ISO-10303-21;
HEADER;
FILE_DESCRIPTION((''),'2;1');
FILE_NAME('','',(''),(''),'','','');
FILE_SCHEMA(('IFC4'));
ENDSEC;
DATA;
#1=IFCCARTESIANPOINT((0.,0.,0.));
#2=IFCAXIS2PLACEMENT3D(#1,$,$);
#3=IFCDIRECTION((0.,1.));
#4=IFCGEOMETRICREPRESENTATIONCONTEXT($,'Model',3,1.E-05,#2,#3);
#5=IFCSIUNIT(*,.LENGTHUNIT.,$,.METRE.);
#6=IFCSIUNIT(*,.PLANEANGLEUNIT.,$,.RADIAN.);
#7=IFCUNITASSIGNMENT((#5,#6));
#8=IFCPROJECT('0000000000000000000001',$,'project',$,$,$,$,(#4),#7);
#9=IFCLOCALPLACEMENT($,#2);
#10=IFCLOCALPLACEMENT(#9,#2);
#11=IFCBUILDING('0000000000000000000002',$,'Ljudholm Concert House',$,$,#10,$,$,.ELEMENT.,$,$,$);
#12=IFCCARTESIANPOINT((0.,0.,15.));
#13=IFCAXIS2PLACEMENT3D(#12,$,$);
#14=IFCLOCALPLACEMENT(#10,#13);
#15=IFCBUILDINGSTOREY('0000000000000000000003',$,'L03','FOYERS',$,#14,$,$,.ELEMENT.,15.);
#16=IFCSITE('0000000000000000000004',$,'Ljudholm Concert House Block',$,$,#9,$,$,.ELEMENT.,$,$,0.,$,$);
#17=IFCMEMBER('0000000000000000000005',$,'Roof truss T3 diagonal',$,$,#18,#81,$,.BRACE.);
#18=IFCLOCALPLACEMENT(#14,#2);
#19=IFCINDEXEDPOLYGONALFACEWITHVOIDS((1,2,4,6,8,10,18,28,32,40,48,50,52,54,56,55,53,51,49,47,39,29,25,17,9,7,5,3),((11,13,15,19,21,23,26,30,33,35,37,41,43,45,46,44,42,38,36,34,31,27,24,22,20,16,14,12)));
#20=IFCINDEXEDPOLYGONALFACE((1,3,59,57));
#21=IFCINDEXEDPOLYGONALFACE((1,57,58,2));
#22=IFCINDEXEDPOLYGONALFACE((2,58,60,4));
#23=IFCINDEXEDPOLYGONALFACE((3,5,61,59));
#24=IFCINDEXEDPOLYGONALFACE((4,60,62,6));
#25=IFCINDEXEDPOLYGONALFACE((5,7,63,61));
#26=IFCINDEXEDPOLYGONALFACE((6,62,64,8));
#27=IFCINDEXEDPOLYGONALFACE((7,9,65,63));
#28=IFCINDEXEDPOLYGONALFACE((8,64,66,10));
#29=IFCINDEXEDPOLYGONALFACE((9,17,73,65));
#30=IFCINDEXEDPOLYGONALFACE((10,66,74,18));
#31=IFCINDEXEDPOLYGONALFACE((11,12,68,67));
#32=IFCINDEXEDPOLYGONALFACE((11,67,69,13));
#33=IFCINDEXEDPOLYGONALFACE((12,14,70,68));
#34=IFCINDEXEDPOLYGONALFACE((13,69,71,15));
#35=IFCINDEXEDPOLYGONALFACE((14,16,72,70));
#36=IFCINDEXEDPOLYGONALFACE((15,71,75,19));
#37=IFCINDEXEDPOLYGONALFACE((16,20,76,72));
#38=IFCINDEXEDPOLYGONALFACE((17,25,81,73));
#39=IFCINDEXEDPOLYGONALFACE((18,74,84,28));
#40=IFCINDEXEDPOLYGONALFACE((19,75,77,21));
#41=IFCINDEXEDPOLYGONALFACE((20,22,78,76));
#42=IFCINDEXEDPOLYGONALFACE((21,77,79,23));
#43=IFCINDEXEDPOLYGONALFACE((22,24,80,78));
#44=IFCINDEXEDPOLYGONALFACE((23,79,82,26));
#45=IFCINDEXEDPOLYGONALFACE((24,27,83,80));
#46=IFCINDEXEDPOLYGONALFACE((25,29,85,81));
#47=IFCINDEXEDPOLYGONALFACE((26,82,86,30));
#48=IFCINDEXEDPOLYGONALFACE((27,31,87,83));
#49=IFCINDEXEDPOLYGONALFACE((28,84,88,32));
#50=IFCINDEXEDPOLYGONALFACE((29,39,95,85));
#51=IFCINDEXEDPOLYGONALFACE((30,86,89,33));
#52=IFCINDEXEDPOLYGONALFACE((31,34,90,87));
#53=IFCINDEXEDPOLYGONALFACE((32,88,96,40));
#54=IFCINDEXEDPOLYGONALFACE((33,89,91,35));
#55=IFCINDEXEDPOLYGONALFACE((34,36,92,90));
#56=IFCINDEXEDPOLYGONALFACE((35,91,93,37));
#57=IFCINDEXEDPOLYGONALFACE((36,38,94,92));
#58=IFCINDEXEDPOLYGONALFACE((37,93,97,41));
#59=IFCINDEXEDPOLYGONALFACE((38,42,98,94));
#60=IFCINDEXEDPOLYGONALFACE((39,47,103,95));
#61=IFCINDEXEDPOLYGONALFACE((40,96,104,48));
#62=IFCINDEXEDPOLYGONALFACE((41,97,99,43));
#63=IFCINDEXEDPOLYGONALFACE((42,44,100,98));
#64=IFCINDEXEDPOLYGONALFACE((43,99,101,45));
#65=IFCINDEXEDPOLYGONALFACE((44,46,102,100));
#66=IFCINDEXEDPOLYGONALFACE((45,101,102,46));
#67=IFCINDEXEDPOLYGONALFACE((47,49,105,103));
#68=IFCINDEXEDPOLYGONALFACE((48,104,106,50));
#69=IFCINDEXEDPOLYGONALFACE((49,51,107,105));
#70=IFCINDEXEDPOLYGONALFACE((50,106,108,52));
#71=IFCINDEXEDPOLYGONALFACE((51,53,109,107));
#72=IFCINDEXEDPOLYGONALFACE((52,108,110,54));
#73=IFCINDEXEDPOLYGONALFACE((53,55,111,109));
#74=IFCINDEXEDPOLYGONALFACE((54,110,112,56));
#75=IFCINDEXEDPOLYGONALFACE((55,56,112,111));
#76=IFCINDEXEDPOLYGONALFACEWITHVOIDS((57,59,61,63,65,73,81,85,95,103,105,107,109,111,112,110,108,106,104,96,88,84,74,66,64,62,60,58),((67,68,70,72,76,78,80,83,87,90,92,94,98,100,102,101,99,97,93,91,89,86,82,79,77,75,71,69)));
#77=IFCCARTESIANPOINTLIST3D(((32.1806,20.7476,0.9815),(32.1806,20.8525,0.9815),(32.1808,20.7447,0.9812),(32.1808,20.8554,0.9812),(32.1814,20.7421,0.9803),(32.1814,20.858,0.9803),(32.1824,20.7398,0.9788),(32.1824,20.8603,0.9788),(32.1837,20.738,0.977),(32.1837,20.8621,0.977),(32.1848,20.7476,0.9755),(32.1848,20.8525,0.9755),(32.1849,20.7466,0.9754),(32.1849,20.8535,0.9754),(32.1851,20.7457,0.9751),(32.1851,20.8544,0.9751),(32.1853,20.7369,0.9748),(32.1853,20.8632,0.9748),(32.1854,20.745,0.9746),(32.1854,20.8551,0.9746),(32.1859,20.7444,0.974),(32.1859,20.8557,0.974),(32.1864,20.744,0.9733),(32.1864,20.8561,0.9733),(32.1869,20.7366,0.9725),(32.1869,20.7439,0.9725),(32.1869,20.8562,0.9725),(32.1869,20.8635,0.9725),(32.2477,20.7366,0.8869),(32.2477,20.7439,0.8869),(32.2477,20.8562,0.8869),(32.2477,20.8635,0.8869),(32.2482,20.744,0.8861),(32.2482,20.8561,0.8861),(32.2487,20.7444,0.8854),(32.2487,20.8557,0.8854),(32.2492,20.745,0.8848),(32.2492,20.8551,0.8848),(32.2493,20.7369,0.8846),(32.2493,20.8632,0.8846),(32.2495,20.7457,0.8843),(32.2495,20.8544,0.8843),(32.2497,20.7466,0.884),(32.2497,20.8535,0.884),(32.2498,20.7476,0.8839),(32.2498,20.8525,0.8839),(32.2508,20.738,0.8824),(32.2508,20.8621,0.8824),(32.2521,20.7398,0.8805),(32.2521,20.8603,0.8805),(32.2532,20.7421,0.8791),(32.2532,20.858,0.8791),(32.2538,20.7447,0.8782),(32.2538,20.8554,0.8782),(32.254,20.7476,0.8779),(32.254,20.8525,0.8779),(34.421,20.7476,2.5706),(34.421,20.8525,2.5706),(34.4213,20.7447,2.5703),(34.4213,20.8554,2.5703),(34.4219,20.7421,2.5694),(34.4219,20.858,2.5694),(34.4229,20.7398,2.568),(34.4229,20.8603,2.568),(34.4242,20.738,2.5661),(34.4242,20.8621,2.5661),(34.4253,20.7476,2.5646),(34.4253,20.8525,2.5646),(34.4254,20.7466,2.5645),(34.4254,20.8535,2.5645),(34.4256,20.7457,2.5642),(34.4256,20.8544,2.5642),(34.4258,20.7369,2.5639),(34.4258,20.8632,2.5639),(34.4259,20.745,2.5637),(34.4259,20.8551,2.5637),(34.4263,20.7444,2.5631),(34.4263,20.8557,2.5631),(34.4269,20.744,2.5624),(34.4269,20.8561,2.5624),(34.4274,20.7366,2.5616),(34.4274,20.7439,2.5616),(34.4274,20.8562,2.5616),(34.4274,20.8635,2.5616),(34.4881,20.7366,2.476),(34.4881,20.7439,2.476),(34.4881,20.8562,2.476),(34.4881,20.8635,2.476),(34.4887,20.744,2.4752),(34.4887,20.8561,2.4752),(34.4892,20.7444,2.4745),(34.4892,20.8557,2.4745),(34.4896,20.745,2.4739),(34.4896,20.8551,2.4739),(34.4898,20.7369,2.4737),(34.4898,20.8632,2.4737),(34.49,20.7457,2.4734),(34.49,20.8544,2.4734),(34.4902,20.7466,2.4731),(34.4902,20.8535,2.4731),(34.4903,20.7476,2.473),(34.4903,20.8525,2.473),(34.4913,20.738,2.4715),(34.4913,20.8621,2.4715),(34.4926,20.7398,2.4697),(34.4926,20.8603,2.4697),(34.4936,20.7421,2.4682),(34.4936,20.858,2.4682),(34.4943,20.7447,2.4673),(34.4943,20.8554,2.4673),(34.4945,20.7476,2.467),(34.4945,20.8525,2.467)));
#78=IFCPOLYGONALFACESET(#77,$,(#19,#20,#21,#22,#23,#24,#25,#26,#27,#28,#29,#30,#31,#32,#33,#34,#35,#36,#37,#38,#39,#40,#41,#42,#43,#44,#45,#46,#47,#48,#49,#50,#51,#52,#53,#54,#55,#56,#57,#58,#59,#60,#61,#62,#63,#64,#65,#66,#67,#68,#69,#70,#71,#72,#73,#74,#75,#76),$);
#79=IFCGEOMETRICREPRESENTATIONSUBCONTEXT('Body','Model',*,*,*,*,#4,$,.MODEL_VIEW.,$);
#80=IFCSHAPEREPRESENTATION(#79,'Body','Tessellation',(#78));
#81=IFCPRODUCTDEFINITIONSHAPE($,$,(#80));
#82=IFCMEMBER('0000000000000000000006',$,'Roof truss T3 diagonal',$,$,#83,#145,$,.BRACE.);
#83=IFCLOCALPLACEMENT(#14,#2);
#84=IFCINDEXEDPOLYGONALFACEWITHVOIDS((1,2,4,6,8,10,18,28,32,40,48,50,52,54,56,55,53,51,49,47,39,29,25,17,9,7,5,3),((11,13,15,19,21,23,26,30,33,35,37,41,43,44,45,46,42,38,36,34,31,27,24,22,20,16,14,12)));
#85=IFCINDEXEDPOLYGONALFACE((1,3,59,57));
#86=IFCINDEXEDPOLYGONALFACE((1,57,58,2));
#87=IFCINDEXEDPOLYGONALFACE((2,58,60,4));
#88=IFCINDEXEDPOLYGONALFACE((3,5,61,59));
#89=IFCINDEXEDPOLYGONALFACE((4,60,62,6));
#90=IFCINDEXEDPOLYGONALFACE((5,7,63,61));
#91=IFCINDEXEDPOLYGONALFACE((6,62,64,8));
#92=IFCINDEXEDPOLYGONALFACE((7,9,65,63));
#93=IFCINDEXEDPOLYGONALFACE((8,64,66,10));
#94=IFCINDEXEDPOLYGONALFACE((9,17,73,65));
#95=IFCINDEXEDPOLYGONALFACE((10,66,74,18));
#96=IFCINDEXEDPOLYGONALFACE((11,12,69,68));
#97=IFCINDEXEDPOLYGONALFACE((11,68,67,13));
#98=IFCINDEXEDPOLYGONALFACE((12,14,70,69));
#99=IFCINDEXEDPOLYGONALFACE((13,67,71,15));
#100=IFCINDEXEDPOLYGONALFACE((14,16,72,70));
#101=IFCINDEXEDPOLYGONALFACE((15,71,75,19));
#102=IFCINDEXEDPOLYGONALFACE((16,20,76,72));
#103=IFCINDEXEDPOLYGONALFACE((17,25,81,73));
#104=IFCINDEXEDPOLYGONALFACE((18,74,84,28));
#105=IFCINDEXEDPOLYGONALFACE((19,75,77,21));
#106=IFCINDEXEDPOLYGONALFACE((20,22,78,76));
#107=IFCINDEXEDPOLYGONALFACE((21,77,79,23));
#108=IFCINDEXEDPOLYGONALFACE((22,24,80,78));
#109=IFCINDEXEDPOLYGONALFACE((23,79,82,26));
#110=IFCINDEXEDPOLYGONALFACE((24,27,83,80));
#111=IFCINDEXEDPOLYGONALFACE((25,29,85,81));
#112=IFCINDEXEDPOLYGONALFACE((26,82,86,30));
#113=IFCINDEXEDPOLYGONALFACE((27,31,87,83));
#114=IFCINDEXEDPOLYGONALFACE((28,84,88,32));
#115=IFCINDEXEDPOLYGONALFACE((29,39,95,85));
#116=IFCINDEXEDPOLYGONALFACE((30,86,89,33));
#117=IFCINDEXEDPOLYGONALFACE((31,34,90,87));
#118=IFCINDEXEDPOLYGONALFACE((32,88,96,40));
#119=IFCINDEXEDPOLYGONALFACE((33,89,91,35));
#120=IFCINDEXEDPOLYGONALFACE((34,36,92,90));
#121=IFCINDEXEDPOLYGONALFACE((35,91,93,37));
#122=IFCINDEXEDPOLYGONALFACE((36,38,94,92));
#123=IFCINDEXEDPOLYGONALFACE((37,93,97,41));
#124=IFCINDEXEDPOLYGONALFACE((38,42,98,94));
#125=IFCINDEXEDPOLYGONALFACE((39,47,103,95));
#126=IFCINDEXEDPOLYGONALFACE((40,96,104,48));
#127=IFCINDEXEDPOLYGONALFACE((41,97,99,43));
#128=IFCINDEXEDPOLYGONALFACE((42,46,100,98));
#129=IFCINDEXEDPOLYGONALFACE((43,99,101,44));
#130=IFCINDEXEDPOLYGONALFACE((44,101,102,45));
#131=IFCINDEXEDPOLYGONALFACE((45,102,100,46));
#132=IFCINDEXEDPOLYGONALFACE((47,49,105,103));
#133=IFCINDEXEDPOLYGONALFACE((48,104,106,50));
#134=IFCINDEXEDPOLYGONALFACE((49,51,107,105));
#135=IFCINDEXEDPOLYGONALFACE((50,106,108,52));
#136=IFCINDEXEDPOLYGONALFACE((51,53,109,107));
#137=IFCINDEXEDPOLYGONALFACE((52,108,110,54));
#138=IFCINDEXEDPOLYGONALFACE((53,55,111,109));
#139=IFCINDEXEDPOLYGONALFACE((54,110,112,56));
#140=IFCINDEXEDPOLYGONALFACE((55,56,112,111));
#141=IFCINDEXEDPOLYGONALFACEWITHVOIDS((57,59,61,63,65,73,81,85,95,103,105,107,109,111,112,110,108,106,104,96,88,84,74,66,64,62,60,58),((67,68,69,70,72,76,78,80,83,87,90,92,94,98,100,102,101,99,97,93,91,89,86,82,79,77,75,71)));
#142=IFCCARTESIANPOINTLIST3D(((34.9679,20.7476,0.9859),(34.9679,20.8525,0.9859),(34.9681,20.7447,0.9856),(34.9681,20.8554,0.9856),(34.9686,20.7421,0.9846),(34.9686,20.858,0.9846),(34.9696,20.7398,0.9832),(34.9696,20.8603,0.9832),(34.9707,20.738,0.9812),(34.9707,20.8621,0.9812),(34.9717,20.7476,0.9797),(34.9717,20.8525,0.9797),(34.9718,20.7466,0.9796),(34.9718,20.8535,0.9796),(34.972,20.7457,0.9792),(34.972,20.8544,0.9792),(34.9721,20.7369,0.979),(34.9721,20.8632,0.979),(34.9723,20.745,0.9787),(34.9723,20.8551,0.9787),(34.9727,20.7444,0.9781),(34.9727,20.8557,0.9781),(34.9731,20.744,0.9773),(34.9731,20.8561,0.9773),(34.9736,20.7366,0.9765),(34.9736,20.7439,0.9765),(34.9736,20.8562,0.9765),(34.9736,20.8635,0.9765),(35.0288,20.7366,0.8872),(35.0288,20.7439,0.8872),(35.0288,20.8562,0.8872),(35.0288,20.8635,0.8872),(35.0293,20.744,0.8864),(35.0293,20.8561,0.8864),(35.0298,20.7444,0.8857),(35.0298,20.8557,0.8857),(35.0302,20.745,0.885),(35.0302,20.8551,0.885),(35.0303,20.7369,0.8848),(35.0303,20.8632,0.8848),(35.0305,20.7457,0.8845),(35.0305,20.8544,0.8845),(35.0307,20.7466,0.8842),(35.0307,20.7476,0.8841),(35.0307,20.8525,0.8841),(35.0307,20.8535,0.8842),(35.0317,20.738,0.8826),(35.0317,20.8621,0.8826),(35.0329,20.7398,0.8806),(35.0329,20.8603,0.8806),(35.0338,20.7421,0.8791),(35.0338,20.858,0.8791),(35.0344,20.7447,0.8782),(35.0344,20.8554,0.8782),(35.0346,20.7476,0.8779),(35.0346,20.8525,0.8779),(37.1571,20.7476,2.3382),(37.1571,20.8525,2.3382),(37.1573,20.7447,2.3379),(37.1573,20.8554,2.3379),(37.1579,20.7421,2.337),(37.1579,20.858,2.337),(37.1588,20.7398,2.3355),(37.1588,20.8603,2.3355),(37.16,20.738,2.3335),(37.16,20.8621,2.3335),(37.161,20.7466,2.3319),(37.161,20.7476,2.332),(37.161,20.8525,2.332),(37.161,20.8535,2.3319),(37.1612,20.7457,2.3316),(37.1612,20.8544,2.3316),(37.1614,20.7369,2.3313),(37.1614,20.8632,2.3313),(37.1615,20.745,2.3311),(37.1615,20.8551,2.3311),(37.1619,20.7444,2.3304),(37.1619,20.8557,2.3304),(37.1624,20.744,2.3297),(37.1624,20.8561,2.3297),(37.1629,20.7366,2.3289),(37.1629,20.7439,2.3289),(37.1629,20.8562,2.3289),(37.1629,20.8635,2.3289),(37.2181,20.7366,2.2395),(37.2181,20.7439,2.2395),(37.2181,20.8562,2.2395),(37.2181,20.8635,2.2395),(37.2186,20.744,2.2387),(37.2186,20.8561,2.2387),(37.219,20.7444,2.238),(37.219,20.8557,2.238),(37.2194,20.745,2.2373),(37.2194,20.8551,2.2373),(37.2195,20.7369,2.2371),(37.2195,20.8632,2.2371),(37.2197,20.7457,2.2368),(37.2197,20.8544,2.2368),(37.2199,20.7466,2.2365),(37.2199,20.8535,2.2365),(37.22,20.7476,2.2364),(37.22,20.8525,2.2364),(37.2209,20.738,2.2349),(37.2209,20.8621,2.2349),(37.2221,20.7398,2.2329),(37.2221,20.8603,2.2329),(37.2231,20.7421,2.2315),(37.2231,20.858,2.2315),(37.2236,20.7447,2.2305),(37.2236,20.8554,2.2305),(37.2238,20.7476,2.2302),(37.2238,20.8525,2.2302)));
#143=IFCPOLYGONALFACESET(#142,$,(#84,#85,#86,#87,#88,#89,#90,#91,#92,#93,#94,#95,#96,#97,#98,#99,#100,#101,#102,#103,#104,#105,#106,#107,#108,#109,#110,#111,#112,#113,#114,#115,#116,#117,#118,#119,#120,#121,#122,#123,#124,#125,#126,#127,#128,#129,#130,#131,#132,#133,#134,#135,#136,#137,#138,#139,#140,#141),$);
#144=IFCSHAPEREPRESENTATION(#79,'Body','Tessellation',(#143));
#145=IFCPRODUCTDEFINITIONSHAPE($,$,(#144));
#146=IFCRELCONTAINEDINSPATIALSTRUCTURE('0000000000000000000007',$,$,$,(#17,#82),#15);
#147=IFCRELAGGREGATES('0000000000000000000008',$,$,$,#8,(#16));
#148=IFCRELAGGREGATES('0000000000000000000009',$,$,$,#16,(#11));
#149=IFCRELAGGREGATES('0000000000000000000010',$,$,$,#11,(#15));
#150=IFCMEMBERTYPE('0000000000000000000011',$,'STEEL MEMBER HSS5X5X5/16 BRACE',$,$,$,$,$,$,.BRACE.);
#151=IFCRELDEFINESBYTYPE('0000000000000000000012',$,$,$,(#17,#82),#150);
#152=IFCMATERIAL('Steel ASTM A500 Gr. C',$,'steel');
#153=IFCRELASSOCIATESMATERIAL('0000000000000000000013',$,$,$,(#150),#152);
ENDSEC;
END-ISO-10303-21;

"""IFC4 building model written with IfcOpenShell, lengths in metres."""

from ifc_helpers import new_model, si_unit, direction, frame, origin, origin_2d, place, context, subcontext, project, spatial, hollow_rectangle, extrude, material, material_profile, profile_set, type_object, element, save


model = new_model("IFC4")

# Units and contexts
model_context = context("Model", 3, precision=1e-05, world=origin(), true_north=direction((0.0, 1.0)))
body_context = subcontext(model_context, "Body", "Model", "MODEL_VIEW")
ifc_project = project(units=[si_unit("LENGTHUNIT", "METRE"), si_unit("PLANEANGLEUNIT", "RADIAN")], contexts=[model_context])

# Site, building, storey
site_placement = place(None, origin())
site = spatial("IfcSite", under=ifc_project, at=site_placement, Name="Ljudholm Concert House Block", CompositionType="ELEMENT", RefElevation=0.0)
building_placement = place(site_placement, origin())
building = spatial("IfcBuilding", under=site, at=building_placement, Name="Ljudholm Concert House", CompositionType="ELEMENT")
storey_placement = place(building_placement, frame((0.0, 0.0, 15.0)))
storey = spatial("IfcBuildingStorey", under=building, at=storey_placement, Name="L03", Description="FOYERS", CompositionType="ELEMENT", Elevation=15.0)

# Members
ifc_material_1 = material(Name="Steel ASTM A500 Gr. C", Category="steel")
ifc_material_profile_1 = material_profile(ifc_material_1, hollow_rectangle(XDim=0.127, YDim=0.127, WallThickness=0.0073, InnerFilletRadius=0.0037, OuterFilletRadius=0.011, at=origin_2d()), Name="HSS5X5X5/16")
ifc_profile_set_1 = profile_set([ifc_material_profile_1], Name="Steel ASTM A500 Gr. C")
member_type_1 = type_object("IfcMemberType", Name="STEEL MEMBER HSS5X5X5/16 BRACE", PredefinedType="BRACE", material=ifc_profile_set_1)
member_1_placement = place(storey_placement, frame((32.2173, 20.8, 0.9297), z_axis=(0.815663, 0.0, 0.578528), x_axis=(0.0, 1.0, 0.0)))
element("IfcMember", 1, at=member_1_placement, inside=storey, type_object=member_type_1, Name="Roof truss T3 diagonal", PredefinedType="BRACE", context=body_context, shape_type="SweptSolid", body=[
    extrude(hollow_rectangle(XDim=0.127, YDim=0.127, WallThickness=0.0073, InnerFilletRadius=0.0037, OuterFilletRadius=0.011, at=origin_2d()), origin(), (0.0, 0.0, 1.0), 2.7468),
])
member_2_placement = place(storey_placement, frame((35.0012, 20.8, 0.9319), z_axis=(0.850774, 0.0, 0.525531), x_axis=(0.0, 1.0, 0.0)))
element("IfcMember", 2, at=member_2_placement, inside=storey, type_object=member_type_1, Name="Roof truss T3 diagonal", PredefinedType="BRACE", context=body_context, shape_type="SweptSolid", body=[
    extrude(hollow_rectangle(XDim=0.127, YDim=0.127, WallThickness=0.0073, InnerFilletRadius=0.0037, OuterFilletRadius=0.011, at=origin_2d()), origin(), (0.0, 0.0, 1.0), 2.5732),
])

save(model, "model.ifc")
